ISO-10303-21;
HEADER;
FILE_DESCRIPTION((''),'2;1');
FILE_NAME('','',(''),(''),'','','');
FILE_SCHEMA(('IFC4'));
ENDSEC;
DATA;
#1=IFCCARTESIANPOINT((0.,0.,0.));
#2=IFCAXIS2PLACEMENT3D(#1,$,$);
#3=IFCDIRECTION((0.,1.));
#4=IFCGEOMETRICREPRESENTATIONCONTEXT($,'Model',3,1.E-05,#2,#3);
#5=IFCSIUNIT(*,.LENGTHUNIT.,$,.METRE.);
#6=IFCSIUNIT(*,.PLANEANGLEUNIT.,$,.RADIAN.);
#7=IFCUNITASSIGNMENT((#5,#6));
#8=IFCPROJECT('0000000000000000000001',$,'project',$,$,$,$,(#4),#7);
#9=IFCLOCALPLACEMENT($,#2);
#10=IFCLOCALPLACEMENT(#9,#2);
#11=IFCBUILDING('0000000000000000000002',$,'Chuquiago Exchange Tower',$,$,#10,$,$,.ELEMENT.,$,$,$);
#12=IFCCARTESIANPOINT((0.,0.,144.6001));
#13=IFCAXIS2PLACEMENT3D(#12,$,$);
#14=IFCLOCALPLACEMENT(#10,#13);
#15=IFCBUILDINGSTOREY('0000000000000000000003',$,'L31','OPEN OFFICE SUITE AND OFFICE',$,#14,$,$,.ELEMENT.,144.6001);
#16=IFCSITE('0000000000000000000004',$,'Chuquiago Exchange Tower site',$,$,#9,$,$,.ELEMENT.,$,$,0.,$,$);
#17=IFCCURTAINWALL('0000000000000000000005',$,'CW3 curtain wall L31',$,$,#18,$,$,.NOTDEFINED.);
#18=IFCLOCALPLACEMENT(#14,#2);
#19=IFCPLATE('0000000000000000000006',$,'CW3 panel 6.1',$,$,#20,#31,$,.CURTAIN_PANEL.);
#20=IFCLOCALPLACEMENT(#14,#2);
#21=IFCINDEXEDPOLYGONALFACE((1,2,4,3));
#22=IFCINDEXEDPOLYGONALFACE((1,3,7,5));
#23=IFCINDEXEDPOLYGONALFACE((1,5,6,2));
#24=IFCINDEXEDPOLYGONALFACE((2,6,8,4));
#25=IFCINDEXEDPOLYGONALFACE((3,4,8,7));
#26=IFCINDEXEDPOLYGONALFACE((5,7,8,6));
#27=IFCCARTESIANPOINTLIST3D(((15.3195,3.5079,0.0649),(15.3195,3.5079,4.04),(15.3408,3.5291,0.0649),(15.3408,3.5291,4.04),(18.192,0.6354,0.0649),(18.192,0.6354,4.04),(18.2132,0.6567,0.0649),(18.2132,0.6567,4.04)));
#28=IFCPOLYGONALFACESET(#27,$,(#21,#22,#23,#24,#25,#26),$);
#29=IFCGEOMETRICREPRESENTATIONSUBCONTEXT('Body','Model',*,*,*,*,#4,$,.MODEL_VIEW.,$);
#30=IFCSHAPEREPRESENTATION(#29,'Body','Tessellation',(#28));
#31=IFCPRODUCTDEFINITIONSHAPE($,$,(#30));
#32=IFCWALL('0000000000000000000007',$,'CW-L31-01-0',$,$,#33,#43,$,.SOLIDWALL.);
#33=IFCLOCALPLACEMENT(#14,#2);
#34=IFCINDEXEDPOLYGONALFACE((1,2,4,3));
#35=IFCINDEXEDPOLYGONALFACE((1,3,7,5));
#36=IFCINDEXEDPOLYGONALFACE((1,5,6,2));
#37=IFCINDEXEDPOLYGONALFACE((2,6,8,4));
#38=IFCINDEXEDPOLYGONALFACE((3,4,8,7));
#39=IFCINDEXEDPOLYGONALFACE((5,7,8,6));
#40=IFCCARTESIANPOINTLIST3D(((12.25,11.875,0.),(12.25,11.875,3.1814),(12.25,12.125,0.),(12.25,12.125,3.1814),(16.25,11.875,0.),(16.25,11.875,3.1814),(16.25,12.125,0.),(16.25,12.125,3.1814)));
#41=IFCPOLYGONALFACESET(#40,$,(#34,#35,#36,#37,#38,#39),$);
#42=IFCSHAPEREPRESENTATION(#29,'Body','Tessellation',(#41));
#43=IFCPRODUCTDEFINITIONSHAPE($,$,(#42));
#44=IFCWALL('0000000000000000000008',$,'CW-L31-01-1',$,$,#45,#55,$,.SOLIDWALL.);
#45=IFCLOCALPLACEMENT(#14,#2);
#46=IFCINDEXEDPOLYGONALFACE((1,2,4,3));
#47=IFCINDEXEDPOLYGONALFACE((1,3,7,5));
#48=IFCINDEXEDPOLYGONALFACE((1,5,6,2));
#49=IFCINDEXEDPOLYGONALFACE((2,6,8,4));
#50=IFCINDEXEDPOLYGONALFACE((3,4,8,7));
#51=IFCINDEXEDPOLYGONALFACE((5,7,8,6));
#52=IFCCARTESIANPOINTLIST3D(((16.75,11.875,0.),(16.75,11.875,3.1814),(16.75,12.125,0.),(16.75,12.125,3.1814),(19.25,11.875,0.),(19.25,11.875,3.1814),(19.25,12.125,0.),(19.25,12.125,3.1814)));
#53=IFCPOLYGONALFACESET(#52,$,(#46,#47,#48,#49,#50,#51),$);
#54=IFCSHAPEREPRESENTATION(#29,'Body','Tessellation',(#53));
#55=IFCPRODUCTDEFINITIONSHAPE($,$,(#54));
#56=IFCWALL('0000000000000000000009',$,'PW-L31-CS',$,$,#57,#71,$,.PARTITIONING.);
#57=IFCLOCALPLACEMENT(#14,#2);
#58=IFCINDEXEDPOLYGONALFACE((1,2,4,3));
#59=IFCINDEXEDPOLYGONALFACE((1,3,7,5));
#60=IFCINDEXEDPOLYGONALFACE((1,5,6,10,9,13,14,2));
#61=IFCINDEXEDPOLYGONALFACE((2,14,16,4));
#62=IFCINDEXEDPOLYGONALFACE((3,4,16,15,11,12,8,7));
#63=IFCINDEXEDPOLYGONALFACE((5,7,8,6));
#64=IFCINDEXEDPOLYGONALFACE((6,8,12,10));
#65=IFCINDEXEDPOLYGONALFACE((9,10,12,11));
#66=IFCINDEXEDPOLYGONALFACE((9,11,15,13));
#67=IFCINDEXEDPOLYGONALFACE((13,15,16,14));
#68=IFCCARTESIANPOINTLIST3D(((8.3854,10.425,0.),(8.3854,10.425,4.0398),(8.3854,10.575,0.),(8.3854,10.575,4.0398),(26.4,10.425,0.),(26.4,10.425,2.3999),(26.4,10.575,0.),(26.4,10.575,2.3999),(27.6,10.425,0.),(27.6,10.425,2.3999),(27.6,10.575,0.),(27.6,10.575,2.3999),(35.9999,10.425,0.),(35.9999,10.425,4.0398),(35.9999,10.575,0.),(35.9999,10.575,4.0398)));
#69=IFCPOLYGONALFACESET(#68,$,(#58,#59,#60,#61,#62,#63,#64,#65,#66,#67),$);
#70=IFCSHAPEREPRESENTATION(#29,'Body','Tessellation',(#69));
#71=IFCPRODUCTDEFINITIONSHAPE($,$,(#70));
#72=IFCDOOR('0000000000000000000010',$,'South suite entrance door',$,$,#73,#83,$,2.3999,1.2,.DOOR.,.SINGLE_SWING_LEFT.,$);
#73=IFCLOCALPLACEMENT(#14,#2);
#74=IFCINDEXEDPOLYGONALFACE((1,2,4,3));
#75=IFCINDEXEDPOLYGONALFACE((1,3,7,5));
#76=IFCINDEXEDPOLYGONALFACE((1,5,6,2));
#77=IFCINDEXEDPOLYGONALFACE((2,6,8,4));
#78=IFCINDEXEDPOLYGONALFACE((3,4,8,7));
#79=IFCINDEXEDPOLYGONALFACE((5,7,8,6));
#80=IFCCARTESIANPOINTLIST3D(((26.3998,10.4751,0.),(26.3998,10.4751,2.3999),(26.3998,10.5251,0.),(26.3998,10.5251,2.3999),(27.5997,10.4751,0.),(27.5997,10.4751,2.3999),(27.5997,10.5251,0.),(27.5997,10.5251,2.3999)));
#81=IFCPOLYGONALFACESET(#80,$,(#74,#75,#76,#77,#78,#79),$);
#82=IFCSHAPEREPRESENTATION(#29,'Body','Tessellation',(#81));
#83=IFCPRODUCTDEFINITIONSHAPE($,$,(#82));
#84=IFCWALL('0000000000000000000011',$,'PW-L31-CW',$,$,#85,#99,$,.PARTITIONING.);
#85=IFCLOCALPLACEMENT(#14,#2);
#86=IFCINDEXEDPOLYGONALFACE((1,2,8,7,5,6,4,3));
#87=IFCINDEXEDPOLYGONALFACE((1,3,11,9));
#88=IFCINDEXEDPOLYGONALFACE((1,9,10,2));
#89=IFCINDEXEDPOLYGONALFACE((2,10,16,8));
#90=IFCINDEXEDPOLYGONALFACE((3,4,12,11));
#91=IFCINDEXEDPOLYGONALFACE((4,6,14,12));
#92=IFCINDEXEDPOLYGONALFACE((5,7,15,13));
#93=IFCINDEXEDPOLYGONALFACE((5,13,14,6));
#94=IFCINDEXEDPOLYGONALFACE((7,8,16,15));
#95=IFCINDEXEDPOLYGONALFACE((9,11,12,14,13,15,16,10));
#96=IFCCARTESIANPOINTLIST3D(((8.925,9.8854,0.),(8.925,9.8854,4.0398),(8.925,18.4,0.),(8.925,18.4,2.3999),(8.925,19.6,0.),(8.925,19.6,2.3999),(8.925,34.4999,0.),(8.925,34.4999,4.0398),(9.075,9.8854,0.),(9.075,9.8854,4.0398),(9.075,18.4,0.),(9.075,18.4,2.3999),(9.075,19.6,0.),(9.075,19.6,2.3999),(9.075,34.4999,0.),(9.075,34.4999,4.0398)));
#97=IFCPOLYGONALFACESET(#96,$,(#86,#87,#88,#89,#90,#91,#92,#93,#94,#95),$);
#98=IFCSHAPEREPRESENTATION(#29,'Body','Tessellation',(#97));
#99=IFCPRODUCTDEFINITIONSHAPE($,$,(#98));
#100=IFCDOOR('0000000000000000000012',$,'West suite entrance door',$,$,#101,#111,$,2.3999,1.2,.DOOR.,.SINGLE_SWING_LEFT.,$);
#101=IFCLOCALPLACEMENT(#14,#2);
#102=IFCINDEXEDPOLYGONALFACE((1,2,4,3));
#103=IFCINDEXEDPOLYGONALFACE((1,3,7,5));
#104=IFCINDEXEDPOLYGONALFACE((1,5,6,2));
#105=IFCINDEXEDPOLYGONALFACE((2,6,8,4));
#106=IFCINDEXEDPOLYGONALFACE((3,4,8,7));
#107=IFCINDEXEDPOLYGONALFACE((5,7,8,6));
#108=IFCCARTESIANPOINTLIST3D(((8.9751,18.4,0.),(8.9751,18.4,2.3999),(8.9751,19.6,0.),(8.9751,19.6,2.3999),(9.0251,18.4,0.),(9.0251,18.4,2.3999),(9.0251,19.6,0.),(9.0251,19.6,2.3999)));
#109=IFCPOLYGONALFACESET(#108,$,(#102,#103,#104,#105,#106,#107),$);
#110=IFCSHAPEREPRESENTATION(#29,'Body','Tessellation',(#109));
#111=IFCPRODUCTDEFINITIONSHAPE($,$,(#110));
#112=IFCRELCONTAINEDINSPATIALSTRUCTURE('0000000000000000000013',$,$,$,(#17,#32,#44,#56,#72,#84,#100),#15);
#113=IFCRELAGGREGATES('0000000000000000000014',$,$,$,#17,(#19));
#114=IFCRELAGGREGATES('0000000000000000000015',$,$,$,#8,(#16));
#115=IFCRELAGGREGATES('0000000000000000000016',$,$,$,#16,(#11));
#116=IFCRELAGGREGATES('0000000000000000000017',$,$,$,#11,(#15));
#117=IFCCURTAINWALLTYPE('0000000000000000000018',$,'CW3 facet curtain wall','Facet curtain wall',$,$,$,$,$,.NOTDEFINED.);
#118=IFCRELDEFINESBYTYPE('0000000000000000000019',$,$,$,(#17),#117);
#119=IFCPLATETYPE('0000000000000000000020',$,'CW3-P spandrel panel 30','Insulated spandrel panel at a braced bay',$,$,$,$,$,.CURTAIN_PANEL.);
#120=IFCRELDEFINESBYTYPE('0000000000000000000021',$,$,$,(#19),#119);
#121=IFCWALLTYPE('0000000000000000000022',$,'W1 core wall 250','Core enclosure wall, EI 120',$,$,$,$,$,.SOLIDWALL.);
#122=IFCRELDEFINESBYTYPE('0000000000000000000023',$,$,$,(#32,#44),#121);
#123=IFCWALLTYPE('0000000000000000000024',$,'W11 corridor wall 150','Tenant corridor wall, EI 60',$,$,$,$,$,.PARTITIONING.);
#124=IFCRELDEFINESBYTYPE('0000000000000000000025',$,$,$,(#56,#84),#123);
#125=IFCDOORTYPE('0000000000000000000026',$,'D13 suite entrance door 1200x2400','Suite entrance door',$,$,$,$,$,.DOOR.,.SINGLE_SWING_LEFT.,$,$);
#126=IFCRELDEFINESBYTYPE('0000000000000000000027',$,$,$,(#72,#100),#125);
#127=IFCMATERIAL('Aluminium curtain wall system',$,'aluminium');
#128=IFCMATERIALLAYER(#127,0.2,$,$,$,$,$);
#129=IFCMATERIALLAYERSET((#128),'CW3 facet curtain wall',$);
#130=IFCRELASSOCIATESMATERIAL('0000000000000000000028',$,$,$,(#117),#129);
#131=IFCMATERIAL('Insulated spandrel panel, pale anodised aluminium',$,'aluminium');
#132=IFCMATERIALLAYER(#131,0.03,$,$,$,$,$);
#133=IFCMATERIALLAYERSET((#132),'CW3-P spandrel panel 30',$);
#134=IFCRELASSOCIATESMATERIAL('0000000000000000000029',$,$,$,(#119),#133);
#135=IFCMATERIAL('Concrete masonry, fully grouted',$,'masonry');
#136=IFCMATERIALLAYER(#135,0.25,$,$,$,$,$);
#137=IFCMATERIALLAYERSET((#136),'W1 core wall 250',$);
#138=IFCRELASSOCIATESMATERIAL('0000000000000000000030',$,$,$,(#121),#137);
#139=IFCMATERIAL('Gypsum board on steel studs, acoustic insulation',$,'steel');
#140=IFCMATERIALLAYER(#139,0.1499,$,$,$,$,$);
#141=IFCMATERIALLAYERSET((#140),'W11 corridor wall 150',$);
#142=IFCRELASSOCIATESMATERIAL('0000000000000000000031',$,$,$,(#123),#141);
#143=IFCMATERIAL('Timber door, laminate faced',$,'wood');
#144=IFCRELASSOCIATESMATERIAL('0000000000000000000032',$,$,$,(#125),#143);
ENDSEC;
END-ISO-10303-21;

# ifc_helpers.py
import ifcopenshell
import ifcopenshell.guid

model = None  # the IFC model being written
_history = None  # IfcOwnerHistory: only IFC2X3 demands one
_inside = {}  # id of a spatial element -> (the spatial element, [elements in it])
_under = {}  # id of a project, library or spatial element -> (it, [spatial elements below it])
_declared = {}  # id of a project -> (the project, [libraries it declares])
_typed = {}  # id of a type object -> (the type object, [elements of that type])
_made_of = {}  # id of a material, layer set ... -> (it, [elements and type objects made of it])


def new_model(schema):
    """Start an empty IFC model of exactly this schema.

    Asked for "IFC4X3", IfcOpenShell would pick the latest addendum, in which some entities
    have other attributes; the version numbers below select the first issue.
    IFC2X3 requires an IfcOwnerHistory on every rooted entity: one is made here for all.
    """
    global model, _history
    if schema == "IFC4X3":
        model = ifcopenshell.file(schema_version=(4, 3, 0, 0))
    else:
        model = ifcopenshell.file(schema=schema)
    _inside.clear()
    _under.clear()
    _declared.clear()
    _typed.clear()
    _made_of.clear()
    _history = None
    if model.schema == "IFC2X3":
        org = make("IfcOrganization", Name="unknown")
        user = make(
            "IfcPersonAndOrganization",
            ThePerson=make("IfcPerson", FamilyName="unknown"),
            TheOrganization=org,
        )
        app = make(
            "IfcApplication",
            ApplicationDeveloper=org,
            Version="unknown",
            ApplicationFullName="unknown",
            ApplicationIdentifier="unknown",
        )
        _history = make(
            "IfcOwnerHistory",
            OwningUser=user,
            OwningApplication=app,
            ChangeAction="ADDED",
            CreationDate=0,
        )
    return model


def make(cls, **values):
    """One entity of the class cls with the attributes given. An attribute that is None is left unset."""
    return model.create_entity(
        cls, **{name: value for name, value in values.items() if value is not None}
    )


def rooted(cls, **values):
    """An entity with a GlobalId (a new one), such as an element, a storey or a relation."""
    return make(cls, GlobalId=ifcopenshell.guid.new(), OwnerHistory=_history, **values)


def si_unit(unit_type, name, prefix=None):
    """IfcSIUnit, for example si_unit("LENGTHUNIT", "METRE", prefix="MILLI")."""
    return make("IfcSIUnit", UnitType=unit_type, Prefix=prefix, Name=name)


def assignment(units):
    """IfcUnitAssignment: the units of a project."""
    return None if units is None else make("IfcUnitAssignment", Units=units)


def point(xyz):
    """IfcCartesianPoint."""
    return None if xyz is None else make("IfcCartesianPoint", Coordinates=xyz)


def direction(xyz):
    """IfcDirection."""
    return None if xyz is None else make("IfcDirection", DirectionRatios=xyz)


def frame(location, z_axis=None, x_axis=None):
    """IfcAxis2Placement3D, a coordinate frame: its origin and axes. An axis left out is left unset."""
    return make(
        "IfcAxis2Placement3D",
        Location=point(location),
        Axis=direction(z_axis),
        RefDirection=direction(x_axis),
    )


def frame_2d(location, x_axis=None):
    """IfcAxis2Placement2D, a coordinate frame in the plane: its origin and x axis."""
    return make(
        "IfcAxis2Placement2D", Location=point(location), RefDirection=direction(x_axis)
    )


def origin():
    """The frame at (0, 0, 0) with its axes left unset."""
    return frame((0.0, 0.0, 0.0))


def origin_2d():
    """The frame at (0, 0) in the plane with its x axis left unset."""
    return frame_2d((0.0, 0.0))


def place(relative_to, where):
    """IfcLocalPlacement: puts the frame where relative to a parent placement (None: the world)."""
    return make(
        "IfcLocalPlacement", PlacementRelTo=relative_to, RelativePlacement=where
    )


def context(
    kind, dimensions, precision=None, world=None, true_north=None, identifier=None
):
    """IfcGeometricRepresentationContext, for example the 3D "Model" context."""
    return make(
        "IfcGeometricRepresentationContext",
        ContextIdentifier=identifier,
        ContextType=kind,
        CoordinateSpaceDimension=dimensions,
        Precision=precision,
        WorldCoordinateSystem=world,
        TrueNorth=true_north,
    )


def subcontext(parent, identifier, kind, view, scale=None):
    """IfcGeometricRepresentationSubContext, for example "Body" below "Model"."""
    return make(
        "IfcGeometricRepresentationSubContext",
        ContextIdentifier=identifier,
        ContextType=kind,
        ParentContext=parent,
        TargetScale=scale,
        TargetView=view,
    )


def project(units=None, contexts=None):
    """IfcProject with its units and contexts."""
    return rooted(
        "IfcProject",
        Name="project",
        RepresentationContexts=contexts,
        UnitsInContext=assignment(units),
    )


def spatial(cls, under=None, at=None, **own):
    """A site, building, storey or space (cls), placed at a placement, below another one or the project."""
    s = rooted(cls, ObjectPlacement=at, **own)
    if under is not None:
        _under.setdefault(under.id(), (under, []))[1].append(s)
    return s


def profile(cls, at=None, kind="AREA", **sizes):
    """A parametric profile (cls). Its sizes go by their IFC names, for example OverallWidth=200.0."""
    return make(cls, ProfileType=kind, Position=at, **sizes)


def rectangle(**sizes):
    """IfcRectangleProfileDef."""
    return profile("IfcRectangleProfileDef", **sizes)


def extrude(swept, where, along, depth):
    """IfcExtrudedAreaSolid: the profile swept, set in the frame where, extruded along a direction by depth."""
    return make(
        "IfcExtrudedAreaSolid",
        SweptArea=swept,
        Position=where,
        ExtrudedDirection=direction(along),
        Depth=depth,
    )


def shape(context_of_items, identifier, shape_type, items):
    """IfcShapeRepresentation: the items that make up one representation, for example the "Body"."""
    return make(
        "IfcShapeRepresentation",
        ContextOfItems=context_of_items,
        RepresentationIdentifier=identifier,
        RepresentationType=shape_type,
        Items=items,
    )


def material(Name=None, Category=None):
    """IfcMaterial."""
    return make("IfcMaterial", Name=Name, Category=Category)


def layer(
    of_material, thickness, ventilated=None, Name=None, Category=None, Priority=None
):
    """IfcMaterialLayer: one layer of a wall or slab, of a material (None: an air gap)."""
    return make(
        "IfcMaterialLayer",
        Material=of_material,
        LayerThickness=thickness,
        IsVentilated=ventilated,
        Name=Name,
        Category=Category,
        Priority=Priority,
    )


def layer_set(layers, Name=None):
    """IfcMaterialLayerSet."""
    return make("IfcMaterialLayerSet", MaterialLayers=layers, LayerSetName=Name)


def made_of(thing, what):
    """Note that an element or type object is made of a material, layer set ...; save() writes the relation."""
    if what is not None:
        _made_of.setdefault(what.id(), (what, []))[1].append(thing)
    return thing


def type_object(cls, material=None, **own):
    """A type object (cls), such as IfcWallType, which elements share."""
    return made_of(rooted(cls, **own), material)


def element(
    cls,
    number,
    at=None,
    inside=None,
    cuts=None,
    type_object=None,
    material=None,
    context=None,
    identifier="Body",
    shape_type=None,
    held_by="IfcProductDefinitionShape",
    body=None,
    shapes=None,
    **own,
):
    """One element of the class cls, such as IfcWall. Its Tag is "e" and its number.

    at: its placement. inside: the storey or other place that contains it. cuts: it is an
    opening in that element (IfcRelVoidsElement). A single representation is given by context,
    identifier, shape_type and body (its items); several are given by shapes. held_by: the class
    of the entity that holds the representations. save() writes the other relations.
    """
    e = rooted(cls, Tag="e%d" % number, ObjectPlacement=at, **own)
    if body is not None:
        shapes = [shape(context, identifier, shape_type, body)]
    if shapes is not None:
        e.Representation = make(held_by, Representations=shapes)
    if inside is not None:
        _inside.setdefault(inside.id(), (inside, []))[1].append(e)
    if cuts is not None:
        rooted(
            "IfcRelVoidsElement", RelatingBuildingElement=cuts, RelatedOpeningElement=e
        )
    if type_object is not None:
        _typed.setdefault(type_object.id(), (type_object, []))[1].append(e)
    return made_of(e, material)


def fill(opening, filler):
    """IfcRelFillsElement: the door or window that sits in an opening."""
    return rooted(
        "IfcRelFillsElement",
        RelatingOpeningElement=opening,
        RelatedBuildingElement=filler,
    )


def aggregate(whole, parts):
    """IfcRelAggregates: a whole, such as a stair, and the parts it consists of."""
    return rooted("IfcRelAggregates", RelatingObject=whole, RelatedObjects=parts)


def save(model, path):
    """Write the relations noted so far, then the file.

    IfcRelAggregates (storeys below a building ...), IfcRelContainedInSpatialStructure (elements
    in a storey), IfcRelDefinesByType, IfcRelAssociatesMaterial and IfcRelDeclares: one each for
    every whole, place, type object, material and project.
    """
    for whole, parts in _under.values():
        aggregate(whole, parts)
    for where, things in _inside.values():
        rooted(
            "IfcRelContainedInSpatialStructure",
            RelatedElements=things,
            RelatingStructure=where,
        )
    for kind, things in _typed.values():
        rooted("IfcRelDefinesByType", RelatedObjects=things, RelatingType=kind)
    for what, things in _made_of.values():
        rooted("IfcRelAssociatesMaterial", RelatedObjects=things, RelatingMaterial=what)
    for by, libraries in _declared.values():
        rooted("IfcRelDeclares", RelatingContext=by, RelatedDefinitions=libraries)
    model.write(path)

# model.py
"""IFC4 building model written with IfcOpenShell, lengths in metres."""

from ifc_helpers import new_model, si_unit, direction, frame, frame_2d, origin, origin_2d, place, context, subcontext, project, spatial, rectangle, extrude, material, layer, layer_set, type_object, element, fill, aggregate, save


model = new_model("IFC4")

# Units and contexts
model_context = context("Model", 3, precision=1e-05, world=origin(), true_north=direction((0.0, 1.0)))
body_context = subcontext(model_context, "Body", "Model", "MODEL_VIEW")
ifc_project = project(units=[si_unit("LENGTHUNIT", "METRE"), si_unit("PLANEANGLEUNIT", "RADIAN")], contexts=[model_context])

# Site, building, storey
site_placement = place(None, origin())
site = spatial("IfcSite", under=ifc_project, at=site_placement, Name="Chuquiago Exchange Tower site", CompositionType="ELEMENT", RefElevation=0.0)
building_placement = place(site_placement, origin())
building = spatial("IfcBuilding", under=site, at=building_placement, Name="Chuquiago Exchange Tower", CompositionType="ELEMENT")
storey_placement = place(building_placement, frame((0.0, 0.0, 144.6001)))
storey = spatial("IfcBuildingStorey", under=building, at=storey_placement, Name="L31", Description="OPEN OFFICE SUITE AND OFFICE", CompositionType="ELEMENT", Elevation=144.6001)

# Curtain wall
ifc_material_1 = material(Name="Aluminium curtain wall system", Category="aluminium")
ifc_layer_1 = layer(ifc_material_1, 0.2)
ifc_layer_set_1 = layer_set([ifc_layer_1], Name="CW3 facet curtain wall")
curtain_wall_type = type_object("IfcCurtainWallType", Name="CW3 facet curtain wall", Description="Facet curtain wall", PredefinedType="NOTDEFINED", material=ifc_layer_set_1)
curtain_wall_placement = place(storey_placement, origin())
curtain_wall = element("IfcCurtainWall", 1, at=curtain_wall_placement, inside=storey, type_object=curtain_wall_type, Name="CW3 curtain wall L31", PredefinedType="NOTDEFINED")

# Plate
ifc_material_2 = material(Name="Insulated spandrel panel, pale anodised aluminium", Category="aluminium")
ifc_layer_2 = layer(ifc_material_2, 0.03)
ifc_layer_set_2 = layer_set([ifc_layer_2], Name="CW3-P spandrel panel 30")
plate_type = type_object("IfcPlateType", Name="CW3-P spandrel panel 30", Description="Insulated spandrel panel at a braced bay", PredefinedType="CURTAIN_PANEL", material=ifc_layer_set_2)
plate_1_placement = place(storey_placement, frame((16.7664, 2.0823, 0.0649), z_axis=(0.0, 0.0, 1.0), x_axis=(0.707107, -0.707107, 0.0)))
plate_1 = element("IfcPlate", 2, at=plate_1_placement, type_object=plate_type, Name="CW3 panel 6.1", PredefinedType="CURTAIN_PANEL", context=body_context, shape_type="SweptSolid", body=[
    extrude(rectangle(XDim=4.0623, YDim=0.03, at=origin_2d()), origin(), (0.0, 0.0, 1.0), 3.9751),
])
aggregate(curtain_wall, [plate_1])

# Walls
ifc_material_3 = material(Name="Concrete masonry, fully grouted", Category="masonry")
ifc_layer_3 = layer(ifc_material_3, 0.25)
ifc_layer_set_3 = layer_set([ifc_layer_3], Name="W1 core wall 250")
wall_type_1 = type_object("IfcWallType", Name="W1 core wall 250", Description="Core enclosure wall, EI 120", PredefinedType="SOLIDWALL", material=ifc_layer_set_3)
wall_1_placement = place(storey_placement, frame((12.25, 12.0, 0.0), z_axis=(0.0, 0.0, 1.0), x_axis=(1.0, 0.0, 0.0)))
element("IfcWall", 3, at=wall_1_placement, inside=storey, type_object=wall_type_1, Name="CW-L31-01-0", PredefinedType="SOLIDWALL", context=body_context, shape_type="SweptSolid", body=[
    extrude(rectangle(XDim=4.0, YDim=0.25, at=frame_2d((2.0, 0.0))), origin(), (0.0, 0.0, 1.0), 3.1814),
])
wall_2_placement = place(storey_placement, frame((16.75, 12.0, 0.0), z_axis=(0.0, 0.0, 1.0), x_axis=(1.0, 0.0, 0.0)))
element("IfcWall", 4, at=wall_2_placement, inside=storey, type_object=wall_type_1, Name="CW-L31-01-1", PredefinedType="SOLIDWALL", context=body_context, shape_type="SweptSolid", body=[
    extrude(rectangle(XDim=2.5, YDim=0.25, at=frame_2d((1.25, 0.0))), origin(), (0.0, 0.0, 1.0), 3.1814),
])

# Walls, openings, doors
ifc_material_4 = material(Name="Gypsum board on steel studs, acoustic insulation", Category="steel")
ifc_layer_4 = layer(ifc_material_4, 0.1499)
ifc_layer_set_4 = layer_set([ifc_layer_4], Name="W11 corridor wall 150")
wall_type_2 = type_object("IfcWallType", Name="W11 corridor wall 150", Description="Tenant corridor wall, EI 60", PredefinedType="PARTITIONING", material=ifc_layer_set_4)
wall_3_placement = place(storey_placement, frame((8.3855, 10.5, 0.0), z_axis=(0.0, 0.0, 1.0), x_axis=(1.0, 0.0, 0.0)))
wall_3 = element("IfcWall", 5, at=wall_3_placement, inside=storey, type_object=wall_type_2, Name="PW-L31-CS", PredefinedType="PARTITIONING", context=body_context, shape_type="SweptSolid", body=[
    extrude(rectangle(XDim=27.6145, YDim=0.1499, at=frame_2d((13.8071, 0.0))), origin(), (0.0, 0.0, 1.0), 4.0398),
])
opening_1_placement = place(wall_3_placement, frame((18.0144, 0.0, 0.0)))
opening_1 = element("IfcOpeningElement", 6, at=opening_1_placement, cuts=wall_3, PredefinedType="OPENING", context=body_context, shape_type="SweptSolid", body=[
    extrude(rectangle(XDim=1.2, YDim=2.3999, at=frame_2d((0.6001, 1.2))), frame((0.0, 0.085, 0.0), z_axis=(0.0, -1.0, 0.0), x_axis=(1.0, 0.0, 0.0)), (0.0, 0.0, 1.0), 0.1699),
])
ifc_material_5 = material(Name="Timber door, laminate faced", Category="wood")
door_type = type_object("IfcDoorType", Name="D13 suite entrance door 1200x2400", Description="Suite entrance door", OperationType="SINGLE_SWING_LEFT", PredefinedType="DOOR", material=ifc_material_5)
door_1_placement = place(opening_1_placement, frame((1.2, 0.0, 0.0), z_axis=(0.0, 0.0, 1.0), x_axis=(-1.0, 0.0, 0.0)))
door_1 = element("IfcDoor", 7, at=door_1_placement, inside=storey, type_object=door_type, Name="South suite entrance door", OperationType="SINGLE_SWING_LEFT", OverallHeight=2.3999, OverallWidth=1.2, PredefinedType="DOOR", context=body_context, shape_type="SweptSolid", body=[
    extrude(rectangle(XDim=1.2, YDim=2.3999, at=frame_2d((0.6001, 1.2))), frame((0.0, 0.0249, 0.0), z_axis=(0.0, -1.0, 0.0), x_axis=(1.0, 0.0, 0.0)), (0.0, 0.0, 1.0), 0.05),
])
fill(opening_1, door_1)
wall_4_placement = place(storey_placement, frame((9.0, 9.8855, 0.0), z_axis=(0.0, 0.0, 1.0), x_axis=(0.0, 1.0, 0.0)))
wall_4 = element("IfcWall", 8, at=wall_4_placement, inside=storey, type_object=wall_type_2, Name="PW-L31-CW", PredefinedType="PARTITIONING", context=body_context, shape_type="SweptSolid", body=[
    extrude(rectangle(XDim=24.6145, YDim=0.1499, at=frame_2d((12.3071, 0.0))), origin(), (0.0, 0.0, 1.0), 4.0398),
])
opening_2_placement = place(wall_4_placement, frame((8.5144, 0.0, 0.0)))
opening_2 = element("IfcOpeningElement", 9, at=opening_2_placement, cuts=wall_4, PredefinedType="OPENING", context=body_context, shape_type="SweptSolid", body=[
    extrude(rectangle(XDim=1.2, YDim=2.3999, at=frame_2d((0.6001, 1.2))), frame((0.0, 0.085, 0.0), z_axis=(0.0, -1.0, 0.0), x_axis=(1.0, 0.0, 0.0)), (0.0, 0.0, 1.0), 0.1699),
])
door_2_placement = place(opening_2_placement, origin())
door_2 = element("IfcDoor", 10, at=door_2_placement, inside=storey, type_object=door_type, Name="West suite entrance door", OperationType="SINGLE_SWING_LEFT", OverallHeight=2.3999, OverallWidth=1.2, PredefinedType="DOOR", context=body_context, shape_type="SweptSolid", body=[
    extrude(rectangle(XDim=1.2, YDim=2.3999, at=frame_2d((0.6001, 1.2))), frame((0.0, 0.0249, 0.0), z_axis=(0.0, -1.0, 0.0), x_axis=(1.0, 0.0, 0.0)), (0.0, 0.0, 1.0), 0.05),
])
fill(opening_2, door_2)

save(model, "model.ifc")
